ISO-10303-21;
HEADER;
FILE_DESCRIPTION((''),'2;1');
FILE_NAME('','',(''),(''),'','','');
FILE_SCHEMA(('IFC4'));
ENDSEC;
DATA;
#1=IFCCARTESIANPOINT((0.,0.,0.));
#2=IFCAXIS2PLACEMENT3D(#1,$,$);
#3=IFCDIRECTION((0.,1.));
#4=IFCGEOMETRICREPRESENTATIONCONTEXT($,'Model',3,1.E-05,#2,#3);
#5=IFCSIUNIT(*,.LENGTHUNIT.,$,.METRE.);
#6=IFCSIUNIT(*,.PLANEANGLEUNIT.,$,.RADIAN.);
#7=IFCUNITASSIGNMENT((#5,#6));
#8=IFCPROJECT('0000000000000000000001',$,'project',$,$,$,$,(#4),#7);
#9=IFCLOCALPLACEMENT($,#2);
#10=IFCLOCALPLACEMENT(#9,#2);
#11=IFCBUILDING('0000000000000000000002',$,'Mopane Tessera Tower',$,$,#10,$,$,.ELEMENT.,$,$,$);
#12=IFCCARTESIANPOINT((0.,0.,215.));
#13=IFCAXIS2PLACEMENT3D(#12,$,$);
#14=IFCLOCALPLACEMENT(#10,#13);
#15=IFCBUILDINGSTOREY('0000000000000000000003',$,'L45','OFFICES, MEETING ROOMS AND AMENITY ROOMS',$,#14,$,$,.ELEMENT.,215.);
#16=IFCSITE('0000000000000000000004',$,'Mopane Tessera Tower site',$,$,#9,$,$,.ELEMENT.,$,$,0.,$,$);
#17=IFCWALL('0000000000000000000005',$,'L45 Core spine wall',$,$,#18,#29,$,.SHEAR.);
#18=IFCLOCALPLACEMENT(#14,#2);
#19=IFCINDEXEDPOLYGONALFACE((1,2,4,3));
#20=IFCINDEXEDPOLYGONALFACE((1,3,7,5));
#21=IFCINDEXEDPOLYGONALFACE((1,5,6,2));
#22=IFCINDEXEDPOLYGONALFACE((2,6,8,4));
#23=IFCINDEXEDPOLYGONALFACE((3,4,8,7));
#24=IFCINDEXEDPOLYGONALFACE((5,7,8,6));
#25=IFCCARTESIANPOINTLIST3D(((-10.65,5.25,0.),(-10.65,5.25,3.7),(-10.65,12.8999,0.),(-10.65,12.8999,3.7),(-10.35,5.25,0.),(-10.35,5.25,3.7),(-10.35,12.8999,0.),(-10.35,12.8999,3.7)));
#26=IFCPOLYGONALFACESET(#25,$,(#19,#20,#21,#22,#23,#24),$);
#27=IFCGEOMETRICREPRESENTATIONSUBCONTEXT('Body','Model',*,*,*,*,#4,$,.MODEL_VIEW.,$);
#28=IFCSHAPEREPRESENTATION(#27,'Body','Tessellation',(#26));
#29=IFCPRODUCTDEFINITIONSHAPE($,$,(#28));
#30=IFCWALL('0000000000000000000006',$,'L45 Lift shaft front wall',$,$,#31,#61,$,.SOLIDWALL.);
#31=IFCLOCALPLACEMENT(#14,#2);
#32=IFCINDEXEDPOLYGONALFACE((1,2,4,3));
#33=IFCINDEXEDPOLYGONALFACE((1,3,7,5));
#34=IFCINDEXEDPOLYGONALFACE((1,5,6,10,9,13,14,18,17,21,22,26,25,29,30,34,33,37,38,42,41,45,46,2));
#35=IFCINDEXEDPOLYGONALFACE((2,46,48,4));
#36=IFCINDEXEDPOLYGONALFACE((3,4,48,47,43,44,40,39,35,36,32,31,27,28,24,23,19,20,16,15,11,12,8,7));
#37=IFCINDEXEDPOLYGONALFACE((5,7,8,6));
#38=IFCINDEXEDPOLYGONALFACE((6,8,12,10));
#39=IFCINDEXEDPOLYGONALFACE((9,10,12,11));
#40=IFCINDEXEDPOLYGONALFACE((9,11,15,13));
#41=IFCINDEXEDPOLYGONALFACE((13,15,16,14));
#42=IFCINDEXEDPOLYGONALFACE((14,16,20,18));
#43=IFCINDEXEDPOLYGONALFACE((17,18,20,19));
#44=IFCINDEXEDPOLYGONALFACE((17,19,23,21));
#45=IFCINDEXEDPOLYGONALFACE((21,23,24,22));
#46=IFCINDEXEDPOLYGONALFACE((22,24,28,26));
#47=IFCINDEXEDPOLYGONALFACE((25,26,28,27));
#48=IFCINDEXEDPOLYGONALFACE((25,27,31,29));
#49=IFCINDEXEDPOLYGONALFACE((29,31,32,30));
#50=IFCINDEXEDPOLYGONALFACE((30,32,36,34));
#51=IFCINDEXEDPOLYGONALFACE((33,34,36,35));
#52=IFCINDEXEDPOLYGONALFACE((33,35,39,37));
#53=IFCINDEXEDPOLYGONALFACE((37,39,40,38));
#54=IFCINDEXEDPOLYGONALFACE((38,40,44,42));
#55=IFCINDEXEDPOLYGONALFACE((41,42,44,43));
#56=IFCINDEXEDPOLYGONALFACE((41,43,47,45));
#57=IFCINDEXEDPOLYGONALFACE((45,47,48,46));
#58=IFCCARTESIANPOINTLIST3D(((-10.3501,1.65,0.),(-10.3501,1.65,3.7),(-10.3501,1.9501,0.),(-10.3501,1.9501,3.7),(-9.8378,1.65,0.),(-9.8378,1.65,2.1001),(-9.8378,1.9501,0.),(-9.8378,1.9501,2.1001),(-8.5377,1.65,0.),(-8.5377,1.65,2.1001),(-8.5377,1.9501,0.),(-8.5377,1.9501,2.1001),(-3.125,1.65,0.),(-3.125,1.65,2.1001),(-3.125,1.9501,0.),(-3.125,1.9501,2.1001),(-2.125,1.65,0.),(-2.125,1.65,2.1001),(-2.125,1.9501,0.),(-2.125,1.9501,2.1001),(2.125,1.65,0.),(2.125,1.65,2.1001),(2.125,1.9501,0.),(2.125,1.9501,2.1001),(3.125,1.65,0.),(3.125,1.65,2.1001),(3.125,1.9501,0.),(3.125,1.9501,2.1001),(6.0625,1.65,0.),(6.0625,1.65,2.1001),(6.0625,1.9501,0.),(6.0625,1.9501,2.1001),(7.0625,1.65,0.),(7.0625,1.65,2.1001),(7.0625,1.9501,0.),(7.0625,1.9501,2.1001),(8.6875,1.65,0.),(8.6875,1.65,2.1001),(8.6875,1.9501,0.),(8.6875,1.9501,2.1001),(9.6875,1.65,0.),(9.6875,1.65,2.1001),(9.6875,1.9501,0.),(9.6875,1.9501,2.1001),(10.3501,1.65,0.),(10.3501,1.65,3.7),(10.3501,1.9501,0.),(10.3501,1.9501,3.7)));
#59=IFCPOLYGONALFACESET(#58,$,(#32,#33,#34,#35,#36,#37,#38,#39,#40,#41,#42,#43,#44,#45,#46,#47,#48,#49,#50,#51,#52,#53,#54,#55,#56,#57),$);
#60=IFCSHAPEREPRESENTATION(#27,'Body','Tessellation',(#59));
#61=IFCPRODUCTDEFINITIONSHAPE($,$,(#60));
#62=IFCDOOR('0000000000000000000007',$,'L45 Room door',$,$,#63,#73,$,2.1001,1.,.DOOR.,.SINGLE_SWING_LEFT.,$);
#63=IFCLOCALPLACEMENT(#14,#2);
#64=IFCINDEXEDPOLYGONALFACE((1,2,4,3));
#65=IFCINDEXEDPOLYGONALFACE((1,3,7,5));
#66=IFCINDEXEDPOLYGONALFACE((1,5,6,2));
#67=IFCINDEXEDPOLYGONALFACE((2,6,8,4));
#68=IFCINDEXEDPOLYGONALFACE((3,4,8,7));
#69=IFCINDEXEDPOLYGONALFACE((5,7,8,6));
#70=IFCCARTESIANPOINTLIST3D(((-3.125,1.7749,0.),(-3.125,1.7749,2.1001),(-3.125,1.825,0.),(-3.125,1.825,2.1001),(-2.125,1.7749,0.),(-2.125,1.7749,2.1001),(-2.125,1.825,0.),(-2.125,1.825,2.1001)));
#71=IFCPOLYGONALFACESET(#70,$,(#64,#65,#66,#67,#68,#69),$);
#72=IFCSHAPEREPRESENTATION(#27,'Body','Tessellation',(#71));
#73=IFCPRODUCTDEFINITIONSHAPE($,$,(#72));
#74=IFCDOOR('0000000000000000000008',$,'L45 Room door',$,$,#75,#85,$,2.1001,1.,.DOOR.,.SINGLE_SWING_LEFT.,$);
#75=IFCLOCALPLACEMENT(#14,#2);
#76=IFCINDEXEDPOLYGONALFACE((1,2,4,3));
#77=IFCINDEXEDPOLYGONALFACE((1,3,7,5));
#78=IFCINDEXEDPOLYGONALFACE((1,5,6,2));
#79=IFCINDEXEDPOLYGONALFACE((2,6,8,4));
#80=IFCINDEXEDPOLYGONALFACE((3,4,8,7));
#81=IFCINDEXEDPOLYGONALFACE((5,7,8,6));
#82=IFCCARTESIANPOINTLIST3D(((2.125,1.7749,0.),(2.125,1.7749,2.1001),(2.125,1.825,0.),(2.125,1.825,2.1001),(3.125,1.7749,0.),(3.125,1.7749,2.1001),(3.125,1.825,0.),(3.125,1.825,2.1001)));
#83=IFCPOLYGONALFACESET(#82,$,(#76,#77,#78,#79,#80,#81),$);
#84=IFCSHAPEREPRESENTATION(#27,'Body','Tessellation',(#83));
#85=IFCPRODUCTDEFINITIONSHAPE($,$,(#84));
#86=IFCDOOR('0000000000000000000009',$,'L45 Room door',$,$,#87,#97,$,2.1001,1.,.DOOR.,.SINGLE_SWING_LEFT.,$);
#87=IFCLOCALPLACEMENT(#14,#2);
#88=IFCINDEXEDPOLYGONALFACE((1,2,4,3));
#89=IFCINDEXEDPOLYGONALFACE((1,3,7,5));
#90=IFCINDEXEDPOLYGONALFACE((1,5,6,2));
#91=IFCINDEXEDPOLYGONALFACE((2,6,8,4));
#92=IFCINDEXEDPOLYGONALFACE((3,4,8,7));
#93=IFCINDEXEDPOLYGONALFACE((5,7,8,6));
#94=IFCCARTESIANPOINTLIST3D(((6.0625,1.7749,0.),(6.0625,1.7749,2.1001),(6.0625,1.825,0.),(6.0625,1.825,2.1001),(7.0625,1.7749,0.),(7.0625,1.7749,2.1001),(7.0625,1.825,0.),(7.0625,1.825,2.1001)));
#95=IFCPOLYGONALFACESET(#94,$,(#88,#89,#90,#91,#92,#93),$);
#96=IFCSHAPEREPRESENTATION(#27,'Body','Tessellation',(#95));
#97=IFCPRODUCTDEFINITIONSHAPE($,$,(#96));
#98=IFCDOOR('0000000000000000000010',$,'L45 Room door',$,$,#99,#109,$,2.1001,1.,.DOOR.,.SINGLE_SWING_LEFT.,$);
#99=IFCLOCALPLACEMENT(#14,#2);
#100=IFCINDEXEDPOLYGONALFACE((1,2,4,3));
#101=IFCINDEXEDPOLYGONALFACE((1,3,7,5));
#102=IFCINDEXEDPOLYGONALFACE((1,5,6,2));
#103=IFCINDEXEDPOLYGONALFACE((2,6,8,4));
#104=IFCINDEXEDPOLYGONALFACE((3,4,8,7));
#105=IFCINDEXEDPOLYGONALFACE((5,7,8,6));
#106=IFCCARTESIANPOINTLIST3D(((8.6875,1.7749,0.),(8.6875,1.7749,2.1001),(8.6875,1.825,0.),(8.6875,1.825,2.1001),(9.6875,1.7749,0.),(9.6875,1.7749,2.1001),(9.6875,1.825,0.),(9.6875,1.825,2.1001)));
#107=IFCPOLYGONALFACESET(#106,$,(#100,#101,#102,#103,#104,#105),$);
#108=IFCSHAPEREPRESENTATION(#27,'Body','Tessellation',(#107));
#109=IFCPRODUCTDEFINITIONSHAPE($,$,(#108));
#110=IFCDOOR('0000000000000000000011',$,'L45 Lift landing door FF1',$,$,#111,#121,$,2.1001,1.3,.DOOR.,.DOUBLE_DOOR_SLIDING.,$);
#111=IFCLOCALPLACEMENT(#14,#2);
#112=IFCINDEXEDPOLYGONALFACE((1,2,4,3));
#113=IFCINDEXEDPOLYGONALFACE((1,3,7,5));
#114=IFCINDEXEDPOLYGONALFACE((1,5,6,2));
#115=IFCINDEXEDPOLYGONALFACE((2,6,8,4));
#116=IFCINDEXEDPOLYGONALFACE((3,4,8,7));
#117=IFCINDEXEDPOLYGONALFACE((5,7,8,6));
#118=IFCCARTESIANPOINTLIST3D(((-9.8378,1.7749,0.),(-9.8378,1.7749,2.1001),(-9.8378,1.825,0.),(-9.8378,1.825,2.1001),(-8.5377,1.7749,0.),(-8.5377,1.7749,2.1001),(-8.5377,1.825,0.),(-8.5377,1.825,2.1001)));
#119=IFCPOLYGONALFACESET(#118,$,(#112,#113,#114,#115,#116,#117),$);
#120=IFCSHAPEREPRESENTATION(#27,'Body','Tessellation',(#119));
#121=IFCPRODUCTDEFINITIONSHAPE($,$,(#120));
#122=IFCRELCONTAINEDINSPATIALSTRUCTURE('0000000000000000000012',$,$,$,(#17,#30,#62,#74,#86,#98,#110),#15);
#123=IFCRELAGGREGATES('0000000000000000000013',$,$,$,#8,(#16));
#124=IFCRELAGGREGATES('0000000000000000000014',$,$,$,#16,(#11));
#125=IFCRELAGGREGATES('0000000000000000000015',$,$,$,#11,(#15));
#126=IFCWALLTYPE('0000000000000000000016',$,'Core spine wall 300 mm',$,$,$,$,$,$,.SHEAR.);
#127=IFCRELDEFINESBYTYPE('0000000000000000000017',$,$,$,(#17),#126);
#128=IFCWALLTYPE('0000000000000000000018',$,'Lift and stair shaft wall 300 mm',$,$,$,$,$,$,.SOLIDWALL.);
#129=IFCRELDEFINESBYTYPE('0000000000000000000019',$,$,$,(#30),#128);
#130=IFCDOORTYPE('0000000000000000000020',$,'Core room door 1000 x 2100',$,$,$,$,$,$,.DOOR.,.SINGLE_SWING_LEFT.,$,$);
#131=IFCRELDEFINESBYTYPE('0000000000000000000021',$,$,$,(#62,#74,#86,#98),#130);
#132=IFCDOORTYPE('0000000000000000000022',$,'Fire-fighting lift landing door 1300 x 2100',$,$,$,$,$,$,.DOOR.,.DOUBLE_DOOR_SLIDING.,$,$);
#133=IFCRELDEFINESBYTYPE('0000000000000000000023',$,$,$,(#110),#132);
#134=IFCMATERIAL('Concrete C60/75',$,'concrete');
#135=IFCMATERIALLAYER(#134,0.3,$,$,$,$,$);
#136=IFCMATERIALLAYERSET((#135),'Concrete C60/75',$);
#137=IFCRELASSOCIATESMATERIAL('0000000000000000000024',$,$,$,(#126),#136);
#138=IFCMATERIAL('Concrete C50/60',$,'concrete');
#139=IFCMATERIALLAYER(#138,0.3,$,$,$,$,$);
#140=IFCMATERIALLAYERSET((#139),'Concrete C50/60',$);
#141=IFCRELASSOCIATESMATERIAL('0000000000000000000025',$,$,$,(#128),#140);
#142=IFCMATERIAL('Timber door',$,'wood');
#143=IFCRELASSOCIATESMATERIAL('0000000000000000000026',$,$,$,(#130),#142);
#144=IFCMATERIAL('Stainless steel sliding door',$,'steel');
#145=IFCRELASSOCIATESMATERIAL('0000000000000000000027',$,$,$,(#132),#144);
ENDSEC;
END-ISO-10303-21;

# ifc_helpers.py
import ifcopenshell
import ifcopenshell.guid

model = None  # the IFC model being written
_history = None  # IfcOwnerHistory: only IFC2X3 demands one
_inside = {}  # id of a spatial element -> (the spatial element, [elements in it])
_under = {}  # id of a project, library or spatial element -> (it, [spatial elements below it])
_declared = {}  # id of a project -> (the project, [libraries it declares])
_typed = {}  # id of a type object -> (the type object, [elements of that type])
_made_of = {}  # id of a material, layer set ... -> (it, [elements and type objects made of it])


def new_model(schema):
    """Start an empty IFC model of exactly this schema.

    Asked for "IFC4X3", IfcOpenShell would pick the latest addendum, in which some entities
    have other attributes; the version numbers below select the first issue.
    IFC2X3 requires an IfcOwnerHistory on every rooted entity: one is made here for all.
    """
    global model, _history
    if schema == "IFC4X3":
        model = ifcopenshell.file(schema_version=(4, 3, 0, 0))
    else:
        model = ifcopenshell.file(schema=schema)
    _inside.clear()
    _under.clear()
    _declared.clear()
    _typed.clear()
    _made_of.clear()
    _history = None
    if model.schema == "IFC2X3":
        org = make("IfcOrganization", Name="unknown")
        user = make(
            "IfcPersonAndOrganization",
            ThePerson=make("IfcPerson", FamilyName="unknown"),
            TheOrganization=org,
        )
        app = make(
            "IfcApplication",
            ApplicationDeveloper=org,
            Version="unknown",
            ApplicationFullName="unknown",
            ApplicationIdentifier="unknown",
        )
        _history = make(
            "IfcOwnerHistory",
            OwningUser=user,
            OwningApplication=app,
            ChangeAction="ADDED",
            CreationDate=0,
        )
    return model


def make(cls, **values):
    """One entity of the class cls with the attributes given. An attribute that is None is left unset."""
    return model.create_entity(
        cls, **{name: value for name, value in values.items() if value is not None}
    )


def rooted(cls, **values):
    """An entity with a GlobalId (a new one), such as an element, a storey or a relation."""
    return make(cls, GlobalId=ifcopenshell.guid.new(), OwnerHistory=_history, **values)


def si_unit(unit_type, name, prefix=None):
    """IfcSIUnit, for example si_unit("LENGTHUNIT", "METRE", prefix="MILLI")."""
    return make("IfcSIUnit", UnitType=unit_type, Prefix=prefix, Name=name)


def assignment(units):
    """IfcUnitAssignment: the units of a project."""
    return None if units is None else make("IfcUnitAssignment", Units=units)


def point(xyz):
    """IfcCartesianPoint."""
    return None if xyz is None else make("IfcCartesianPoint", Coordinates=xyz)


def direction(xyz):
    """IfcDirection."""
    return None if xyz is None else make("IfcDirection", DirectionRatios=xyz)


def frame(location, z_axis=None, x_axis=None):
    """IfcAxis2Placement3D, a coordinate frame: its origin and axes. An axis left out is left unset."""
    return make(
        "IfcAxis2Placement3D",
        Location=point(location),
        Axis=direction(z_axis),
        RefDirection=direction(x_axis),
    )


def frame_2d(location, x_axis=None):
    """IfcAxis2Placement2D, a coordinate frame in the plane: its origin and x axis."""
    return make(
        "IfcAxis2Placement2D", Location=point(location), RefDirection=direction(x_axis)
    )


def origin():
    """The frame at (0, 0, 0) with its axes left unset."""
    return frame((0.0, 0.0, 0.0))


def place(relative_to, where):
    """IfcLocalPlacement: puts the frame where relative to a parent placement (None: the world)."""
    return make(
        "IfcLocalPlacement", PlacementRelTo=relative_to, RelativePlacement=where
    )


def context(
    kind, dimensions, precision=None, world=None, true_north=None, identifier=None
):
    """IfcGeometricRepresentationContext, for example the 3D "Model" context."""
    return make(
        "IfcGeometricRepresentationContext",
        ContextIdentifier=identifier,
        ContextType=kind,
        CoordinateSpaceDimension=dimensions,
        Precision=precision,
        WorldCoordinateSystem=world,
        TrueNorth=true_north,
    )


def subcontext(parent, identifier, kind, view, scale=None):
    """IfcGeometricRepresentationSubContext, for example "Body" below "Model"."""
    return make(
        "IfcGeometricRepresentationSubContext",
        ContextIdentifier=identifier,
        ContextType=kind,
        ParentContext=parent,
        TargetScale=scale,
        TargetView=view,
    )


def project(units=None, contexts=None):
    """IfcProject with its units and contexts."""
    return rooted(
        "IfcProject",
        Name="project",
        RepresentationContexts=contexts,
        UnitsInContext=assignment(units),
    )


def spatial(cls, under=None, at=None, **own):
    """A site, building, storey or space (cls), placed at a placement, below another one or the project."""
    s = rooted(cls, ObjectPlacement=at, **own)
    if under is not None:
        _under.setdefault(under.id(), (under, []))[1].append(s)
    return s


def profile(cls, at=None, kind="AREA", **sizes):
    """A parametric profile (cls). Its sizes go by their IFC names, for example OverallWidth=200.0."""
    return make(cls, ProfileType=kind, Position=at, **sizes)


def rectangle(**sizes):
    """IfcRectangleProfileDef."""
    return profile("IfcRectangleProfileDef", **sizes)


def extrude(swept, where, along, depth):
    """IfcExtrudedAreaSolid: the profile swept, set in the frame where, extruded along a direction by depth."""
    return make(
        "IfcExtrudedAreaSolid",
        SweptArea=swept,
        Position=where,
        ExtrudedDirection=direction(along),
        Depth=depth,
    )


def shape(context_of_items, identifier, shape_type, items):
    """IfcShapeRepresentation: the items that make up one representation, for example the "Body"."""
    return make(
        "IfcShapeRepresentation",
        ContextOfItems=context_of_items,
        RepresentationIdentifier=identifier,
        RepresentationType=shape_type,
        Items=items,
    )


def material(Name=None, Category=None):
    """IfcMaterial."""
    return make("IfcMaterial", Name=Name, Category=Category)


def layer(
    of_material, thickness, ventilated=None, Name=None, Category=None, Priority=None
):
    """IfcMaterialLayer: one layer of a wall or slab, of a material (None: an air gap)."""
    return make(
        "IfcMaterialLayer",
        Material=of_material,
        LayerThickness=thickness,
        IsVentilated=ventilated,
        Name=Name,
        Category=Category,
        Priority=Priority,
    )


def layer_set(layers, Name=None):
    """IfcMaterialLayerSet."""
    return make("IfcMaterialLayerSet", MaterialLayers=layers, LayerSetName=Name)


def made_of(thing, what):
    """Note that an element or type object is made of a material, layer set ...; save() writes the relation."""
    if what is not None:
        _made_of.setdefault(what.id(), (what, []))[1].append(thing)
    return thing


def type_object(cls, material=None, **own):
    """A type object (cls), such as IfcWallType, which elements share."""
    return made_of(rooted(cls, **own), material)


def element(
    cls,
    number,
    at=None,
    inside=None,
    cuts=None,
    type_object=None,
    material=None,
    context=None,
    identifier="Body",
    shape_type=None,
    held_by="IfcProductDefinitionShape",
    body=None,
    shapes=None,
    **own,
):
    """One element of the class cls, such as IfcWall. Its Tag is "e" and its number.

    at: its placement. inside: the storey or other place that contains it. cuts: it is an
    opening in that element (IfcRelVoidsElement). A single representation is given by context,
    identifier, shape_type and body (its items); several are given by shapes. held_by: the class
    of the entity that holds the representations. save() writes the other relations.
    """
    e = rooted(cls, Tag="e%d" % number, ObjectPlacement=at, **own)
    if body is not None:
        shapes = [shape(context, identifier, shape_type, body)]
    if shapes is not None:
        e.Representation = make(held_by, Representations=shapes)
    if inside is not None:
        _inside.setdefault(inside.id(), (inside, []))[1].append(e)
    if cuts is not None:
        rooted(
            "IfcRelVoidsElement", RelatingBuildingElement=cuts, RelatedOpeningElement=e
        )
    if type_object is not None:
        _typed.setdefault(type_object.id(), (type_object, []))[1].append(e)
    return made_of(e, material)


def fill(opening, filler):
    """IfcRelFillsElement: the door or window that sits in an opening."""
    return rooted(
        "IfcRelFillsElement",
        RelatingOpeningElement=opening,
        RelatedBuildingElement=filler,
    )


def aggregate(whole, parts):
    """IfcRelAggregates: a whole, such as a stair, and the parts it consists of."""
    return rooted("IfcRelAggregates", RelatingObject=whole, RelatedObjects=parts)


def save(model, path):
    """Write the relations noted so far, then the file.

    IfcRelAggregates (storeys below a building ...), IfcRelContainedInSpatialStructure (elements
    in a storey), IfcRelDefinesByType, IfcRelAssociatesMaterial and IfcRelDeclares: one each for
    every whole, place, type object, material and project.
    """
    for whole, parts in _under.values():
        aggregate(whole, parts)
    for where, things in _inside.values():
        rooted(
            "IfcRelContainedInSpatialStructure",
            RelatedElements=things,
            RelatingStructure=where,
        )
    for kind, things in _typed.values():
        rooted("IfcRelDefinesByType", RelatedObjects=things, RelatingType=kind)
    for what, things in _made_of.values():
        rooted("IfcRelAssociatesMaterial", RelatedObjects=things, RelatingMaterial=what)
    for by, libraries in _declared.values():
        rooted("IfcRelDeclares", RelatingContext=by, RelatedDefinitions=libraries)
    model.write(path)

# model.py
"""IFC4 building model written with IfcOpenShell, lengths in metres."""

from ifc_helpers import new_model, si_unit, direction, frame, frame_2d, origin, place, context, subcontext, project, spatial, rectangle, extrude, material, layer, layer_set, type_object, element, fill, save


model = new_model("IFC4")

# Units and contexts
model_context = context("Model", 3, precision=1e-05, world=origin(), true_north=direction((0.0, 1.0)))
body_context = subcontext(model_context, "Body", "Model", "MODEL_VIEW")
ifc_project = project(units=[si_unit("LENGTHUNIT", "METRE"), si_unit("PLANEANGLEUNIT", "RADIAN")], contexts=[model_context])

# Site, building, storey
site_placement = place(None, origin())
site = spatial("IfcSite", under=ifc_project, at=site_placement, Name="Mopane Tessera Tower site", CompositionType="ELEMENT", RefElevation=0.0)
building_placement = place(site_placement, origin())
building = spatial("IfcBuilding", under=site, at=building_placement, Name="Mopane Tessera Tower", CompositionType="ELEMENT")
storey_placement = place(building_placement, frame((0.0, 0.0, 215.0)))
storey = spatial("IfcBuildingStorey", under=building, at=storey_placement, Name="L45", Description="OFFICES, MEETING ROOMS AND AMENITY ROOMS", CompositionType="ELEMENT", Elevation=215.0)

# Wall
ifc_material_1 = material(Name="Concrete C60/75", Category="concrete")
ifc_layer_1 = layer(ifc_material_1, 0.3)
ifc_layer_set_1 = layer_set([ifc_layer_1], Name="Concrete C60/75")
wall_type_1 = type_object("IfcWallType", Name="Core spine wall 300 mm", PredefinedType="SHEAR", material=ifc_layer_set_1)
wall_1_placement = place(storey_placement, frame((-10.5, 5.25, 0.0), z_axis=(0.0, 0.0, 1.0), x_axis=(0.0, 1.0, 0.0)))
element("IfcWall", 1, at=wall_1_placement, inside=storey, type_object=wall_type_1, Name="L45 Core spine wall", PredefinedType="SHEAR", context=body_context, shape_type="SweptSolid", body=[
    extrude(rectangle(XDim=7.6499, YDim=0.3, at=frame_2d((3.825, 0.0))), origin(), (0.0, 0.0, 1.0), 3.7),
])

# Wall, openings, doors
ifc_material_2 = material(Name="Concrete C50/60", Category="concrete")
ifc_layer_2 = layer(ifc_material_2, 0.3)
ifc_layer_set_2 = layer_set([ifc_layer_2], Name="Concrete C50/60")
wall_type_2 = type_object("IfcWallType", Name="Lift and stair shaft wall 300 mm", PredefinedType="SOLIDWALL", material=ifc_layer_set_2)
wall_2_placement = place(storey_placement, frame((-10.3501, 1.8, 0.0), z_axis=(0.0, 0.0, 1.0), x_axis=(1.0, 0.0, 0.0)))
wall_2 = element("IfcWall", 2, at=wall_2_placement, inside=storey, type_object=wall_type_2, Name="L45 Lift shaft front wall", PredefinedType="SOLIDWALL", context=body_context, shape_type="SweptSolid", body=[
    extrude(rectangle(XDim=20.7002, YDim=0.3, at=frame_2d((10.3501, 0.0))), origin(), (0.0, 0.0, 1.0), 3.7),
])
opening_1_placement = place(wall_2_placement, frame((0.5125, 0.0, 0.0)))
opening_1 = element("IfcOpeningElement", 3, at=opening_1_placement, cuts=wall_2, PredefinedType="OPENING", context=body_context, shape_type="SweptSolid", body=[
    extrude(rectangle(XDim=1.3, YDim=2.1001, at=frame_2d((0.6499, 1.05))), frame((0.0, 0.1621, 0.0), z_axis=(0.0, -1.0, 0.0), x_axis=(1.0, 0.0, 0.0)), (0.0, 0.0, 1.0), 0.324),
])
opening_2_placement = place(wall_2_placement, frame((7.2251, 0.0, 0.0)))
opening_2 = element("IfcOpeningElement", 4, at=opening_2_placement, cuts=wall_2, PredefinedType="OPENING", context=body_context, shape_type="SweptSolid", body=[
    extrude(rectangle(XDim=1.0, YDim=2.1001, at=frame_2d((0.5, 1.05))), frame((0.0, 0.1621, 0.0), z_axis=(0.0, -1.0, 0.0), x_axis=(1.0, 0.0, 0.0)), (0.0, 0.0, 1.0), 0.324),
])
opening_3_placement = place(wall_2_placement, frame((12.4751, 0.0, 0.0)))
opening_3 = element("IfcOpeningElement", 5, at=opening_3_placement, cuts=wall_2, PredefinedType="OPENING", context=body_context, shape_type="SweptSolid", body=[
    extrude(rectangle(XDim=1.0, YDim=2.1001, at=frame_2d((0.5, 1.05))), frame((0.0, 0.1621, 0.0), z_axis=(0.0, -1.0, 0.0), x_axis=(1.0, 0.0, 0.0)), (0.0, 0.0, 1.0), 0.324),
])
opening_4_placement = place(wall_2_placement, frame((16.4126, 0.0, 0.0)))
opening_4 = element("IfcOpeningElement", 6, at=opening_4_placement, cuts=wall_2, PredefinedType="OPENING", context=body_context, shape_type="SweptSolid", body=[
    extrude(rectangle(XDim=1.0, YDim=2.1001, at=frame_2d((0.5, 1.05))), frame((0.0, 0.1621, 0.0), z_axis=(0.0, -1.0, 0.0), x_axis=(1.0, 0.0, 0.0)), (0.0, 0.0, 1.0), 0.324),
])
opening_5_placement = place(wall_2_placement, frame((19.0376, 0.0, 0.0)))
opening_5 = element("IfcOpeningElement", 7, at=opening_5_placement, cuts=wall_2, PredefinedType="OPENING", context=body_context, shape_type="SweptSolid", body=[
    extrude(rectangle(XDim=1.0, YDim=2.1001, at=frame_2d((0.5, 1.05))), frame((0.0, 0.1621, 0.0), z_axis=(0.0, -1.0, 0.0), x_axis=(1.0, 0.0, 0.0)), (0.0, 0.0, 1.0), 0.324),
])
ifc_material_3 = material(Name="Timber door", Category="wood")
door_type_1 = type_object("IfcDoorType", Name="Core room door 1000 x 2100", OperationType="SINGLE_SWING_LEFT", PredefinedType="DOOR", material=ifc_material_3)
door_1_placement = place(opening_2_placement, origin())
door_1 = element("IfcDoor", 8, at=door_1_placement, inside=storey, type_object=door_type_1, Name="L45 Room door", OperationType="SINGLE_SWING_LEFT", OverallHeight=2.1001, OverallWidth=1.0, PredefinedType="DOOR", context=body_context, shape_type="SweptSolid", body=[
    extrude(rectangle(XDim=1.0, YDim=2.1001, at=frame_2d((0.5, 1.05))), frame((0.0, 0.0249, 0.0), z_axis=(0.0, -1.0, 0.0), x_axis=(1.0, 0.0, 0.0)), (0.0, 0.0, 1.0), 0.05),
])
fill(opening_2, door_1)
door_2_placement = place(opening_3_placement, origin())
door_2 = element("IfcDoor", 9, at=door_2_placement, inside=storey, type_object=door_type_1, Name="L45 Room door", OperationType="SINGLE_SWING_LEFT", OverallHeight=2.1001, OverallWidth=1.0, PredefinedType="DOOR", context=body_context, shape_type="SweptSolid", body=[
    extrude(rectangle(XDim=1.0, YDim=2.1001, at=frame_2d((0.5, 1.05))), frame((0.0, 0.0249, 0.0), z_axis=(0.0, -1.0, 0.0), x_axis=(1.0, 0.0, 0.0)), (0.0, 0.0, 1.0), 0.05),
])
fill(opening_3, door_2)
door_3_placement = place(opening_4_placement, origin())
door_3 = element("IfcDoor", 10, at=door_3_placement, inside=storey, type_object=door_type_1, Name="L45 Room door", OperationType="SINGLE_SWING_LEFT", OverallHeight=2.1001, OverallWidth=1.0, PredefinedType="DOOR", context=body_context, shape_type="SweptSolid", body=[
    extrude(rectangle(XDim=1.0, YDim=2.1001, at=frame_2d((0.5, 1.05))), frame((0.0, 0.0249, 0.0), z_axis=(0.0, -1.0, 0.0), x_axis=(1.0, 0.0, 0.0)), (0.0, 0.0, 1.0), 0.05),
])
fill(opening_4, door_3)
door_4_placement = place(opening_5_placement, origin())
door_4 = element("IfcDoor", 11, at=door_4_placement, inside=storey, type_object=door_type_1, Name="L45 Room door", OperationType="SINGLE_SWING_LEFT", OverallHeight=2.1001, OverallWidth=1.0, PredefinedType="DOOR", context=body_context, shape_type="SweptSolid", body=[
    extrude(rectangle(XDim=1.0, YDim=2.1001, at=frame_2d((0.5, 1.05))), frame((0.0, 0.0249, 0.0), z_axis=(0.0, -1.0, 0.0), x_axis=(1.0, 0.0, 0.0)), (0.0, 0.0, 1.0), 0.05),
])
fill(opening_5, door_4)
ifc_material_4 = material(Name="Stainless steel sliding door", Category="steel")
door_type_2 = type_object("IfcDoorType", Name="Fire-fighting lift landing door 1300 x 2100", OperationType="DOUBLE_DOOR_SLIDING", PredefinedType="DOOR", material=ifc_material_4)
door_5_placement = place(opening_1_placement, origin())
door_5 = element("IfcDoor", 12, at=door_5_placement, inside=storey, type_object=door_type_2, Name="L45 Lift landing door FF1", OperationType="DOUBLE_DOOR_SLIDING", OverallHeight=2.1001, OverallWidth=1.3, PredefinedType="DOOR", context=body_context, shape_type="SweptSolid", body=[
    extrude(rectangle(XDim=1.3, YDim=2.1001, at=frame_2d((0.6499, 1.05))), frame((0.0, 0.0249, 0.0), z_axis=(0.0, -1.0, 0.0), x_axis=(1.0, 0.0, 0.0)), (0.0, 0.0, 1.0), 0.05),
])
fill(opening_1, door_5)

save(model, "model.ifc")
